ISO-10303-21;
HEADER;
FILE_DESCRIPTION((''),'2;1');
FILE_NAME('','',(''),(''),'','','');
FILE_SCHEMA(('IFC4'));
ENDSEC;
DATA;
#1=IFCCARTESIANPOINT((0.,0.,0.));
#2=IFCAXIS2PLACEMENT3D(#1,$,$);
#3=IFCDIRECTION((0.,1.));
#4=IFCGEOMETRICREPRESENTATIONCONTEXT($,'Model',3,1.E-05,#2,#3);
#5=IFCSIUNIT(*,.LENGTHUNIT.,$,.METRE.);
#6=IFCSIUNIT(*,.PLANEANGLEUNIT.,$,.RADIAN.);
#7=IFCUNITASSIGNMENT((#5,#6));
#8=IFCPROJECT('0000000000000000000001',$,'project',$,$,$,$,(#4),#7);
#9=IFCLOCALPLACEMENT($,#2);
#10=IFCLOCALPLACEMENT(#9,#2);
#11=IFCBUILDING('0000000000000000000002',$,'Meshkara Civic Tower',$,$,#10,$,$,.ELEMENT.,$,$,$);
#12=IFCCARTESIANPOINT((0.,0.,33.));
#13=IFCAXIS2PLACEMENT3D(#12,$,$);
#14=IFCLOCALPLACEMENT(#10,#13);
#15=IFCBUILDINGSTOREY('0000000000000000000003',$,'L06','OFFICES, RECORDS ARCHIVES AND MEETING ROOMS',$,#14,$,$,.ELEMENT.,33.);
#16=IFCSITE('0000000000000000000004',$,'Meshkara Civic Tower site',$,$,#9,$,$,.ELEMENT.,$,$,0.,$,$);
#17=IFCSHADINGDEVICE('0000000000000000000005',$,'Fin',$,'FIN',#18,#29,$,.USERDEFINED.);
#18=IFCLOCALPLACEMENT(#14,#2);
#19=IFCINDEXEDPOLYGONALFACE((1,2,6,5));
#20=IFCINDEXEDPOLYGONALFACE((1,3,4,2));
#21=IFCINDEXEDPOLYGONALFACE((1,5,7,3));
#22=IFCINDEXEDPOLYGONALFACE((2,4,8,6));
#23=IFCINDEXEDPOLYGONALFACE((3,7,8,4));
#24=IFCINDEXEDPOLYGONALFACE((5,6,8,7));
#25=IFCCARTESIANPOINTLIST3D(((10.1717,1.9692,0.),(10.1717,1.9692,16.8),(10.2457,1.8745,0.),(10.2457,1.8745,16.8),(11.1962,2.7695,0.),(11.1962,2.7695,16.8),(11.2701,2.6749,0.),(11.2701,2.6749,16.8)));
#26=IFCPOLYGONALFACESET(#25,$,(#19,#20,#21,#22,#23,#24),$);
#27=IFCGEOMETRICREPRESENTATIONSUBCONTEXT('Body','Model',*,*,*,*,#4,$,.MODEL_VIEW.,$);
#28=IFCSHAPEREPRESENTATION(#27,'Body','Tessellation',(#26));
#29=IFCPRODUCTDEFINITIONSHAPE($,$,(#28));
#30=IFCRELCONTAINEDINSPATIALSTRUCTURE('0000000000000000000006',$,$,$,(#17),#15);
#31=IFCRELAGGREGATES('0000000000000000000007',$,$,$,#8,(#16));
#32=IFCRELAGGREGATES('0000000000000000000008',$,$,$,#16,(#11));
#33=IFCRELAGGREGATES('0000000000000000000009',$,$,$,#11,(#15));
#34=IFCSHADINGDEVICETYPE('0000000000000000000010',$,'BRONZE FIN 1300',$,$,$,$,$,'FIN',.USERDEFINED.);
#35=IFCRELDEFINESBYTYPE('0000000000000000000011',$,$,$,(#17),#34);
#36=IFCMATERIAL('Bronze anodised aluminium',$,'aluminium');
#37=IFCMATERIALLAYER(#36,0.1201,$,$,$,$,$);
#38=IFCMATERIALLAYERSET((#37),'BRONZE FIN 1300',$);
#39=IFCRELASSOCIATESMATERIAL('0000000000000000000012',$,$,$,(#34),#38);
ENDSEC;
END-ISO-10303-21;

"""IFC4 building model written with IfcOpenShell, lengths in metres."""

from ifc_helpers import new_model, si_unit, direction, frame, origin, origin_2d, place, context, subcontext, project, spatial, rectangle, extrude, material, layer, layer_set, type_object, element, save


model = new_model("IFC4")

# Units and contexts
model_context = context("Model", 3, precision=1e-05, world=origin(), true_north=direction((0.0, 1.0)))
body_context = subcontext(model_context, "Body", "Model", "MODEL_VIEW")
ifc_project = project(units=[si_unit("LENGTHUNIT", "METRE"), si_unit("PLANEANGLEUNIT", "RADIAN")], contexts=[model_context])

# Site, building, storey
site_placement = place(None, origin())
site = spatial("IfcSite", under=ifc_project, at=site_placement, Name="Meshkara Civic Tower site", CompositionType="ELEMENT", RefElevation=0.0)
building_placement = place(site_placement, origin())
building = spatial("IfcBuilding", under=site, at=building_placement, Name="Meshkara Civic Tower", CompositionType="ELEMENT")
storey_placement = place(building_placement, frame((0.0, 0.0, 33.0)))
storey = spatial("IfcBuildingStorey", under=building, at=storey_placement, Name="L06", Description="OFFICES, RECORDS ARCHIVES AND MEETING ROOMS", CompositionType="ELEMENT", Elevation=33.0)

# Shading device
ifc_material_1 = material(Name="Bronze anodised aluminium", Category="aluminium")
ifc_layer_1 = layer(ifc_material_1, 0.1201)
ifc_layer_set_1 = layer_set([ifc_layer_1], Name="BRONZE FIN 1300")
shading_device_type = type_object("IfcShadingDeviceType", Name="BRONZE FIN 1300", ElementType="FIN", PredefinedType="USERDEFINED", material=ifc_layer_set_1)
shading_device_placement = place(storey_placement, frame((10.7209, 2.322, 0.0), z_axis=(0.0, 0.0, 1.0), x_axis=(0.615661, -0.788011, 0.0)))
element("IfcShadingDevice", 1, at=shading_device_placement, inside=storey, type_object=shading_device_type, Name="Fin", ObjectType="FIN", PredefinedType="USERDEFINED", context=body_context, shape_type="SweptSolid", body=[
    extrude(rectangle(XDim=0.1201, YDim=1.3, at=origin_2d()), origin(), (0.0, 0.0, 1.0), 16.8),
])

save(model, "model.ifc")
